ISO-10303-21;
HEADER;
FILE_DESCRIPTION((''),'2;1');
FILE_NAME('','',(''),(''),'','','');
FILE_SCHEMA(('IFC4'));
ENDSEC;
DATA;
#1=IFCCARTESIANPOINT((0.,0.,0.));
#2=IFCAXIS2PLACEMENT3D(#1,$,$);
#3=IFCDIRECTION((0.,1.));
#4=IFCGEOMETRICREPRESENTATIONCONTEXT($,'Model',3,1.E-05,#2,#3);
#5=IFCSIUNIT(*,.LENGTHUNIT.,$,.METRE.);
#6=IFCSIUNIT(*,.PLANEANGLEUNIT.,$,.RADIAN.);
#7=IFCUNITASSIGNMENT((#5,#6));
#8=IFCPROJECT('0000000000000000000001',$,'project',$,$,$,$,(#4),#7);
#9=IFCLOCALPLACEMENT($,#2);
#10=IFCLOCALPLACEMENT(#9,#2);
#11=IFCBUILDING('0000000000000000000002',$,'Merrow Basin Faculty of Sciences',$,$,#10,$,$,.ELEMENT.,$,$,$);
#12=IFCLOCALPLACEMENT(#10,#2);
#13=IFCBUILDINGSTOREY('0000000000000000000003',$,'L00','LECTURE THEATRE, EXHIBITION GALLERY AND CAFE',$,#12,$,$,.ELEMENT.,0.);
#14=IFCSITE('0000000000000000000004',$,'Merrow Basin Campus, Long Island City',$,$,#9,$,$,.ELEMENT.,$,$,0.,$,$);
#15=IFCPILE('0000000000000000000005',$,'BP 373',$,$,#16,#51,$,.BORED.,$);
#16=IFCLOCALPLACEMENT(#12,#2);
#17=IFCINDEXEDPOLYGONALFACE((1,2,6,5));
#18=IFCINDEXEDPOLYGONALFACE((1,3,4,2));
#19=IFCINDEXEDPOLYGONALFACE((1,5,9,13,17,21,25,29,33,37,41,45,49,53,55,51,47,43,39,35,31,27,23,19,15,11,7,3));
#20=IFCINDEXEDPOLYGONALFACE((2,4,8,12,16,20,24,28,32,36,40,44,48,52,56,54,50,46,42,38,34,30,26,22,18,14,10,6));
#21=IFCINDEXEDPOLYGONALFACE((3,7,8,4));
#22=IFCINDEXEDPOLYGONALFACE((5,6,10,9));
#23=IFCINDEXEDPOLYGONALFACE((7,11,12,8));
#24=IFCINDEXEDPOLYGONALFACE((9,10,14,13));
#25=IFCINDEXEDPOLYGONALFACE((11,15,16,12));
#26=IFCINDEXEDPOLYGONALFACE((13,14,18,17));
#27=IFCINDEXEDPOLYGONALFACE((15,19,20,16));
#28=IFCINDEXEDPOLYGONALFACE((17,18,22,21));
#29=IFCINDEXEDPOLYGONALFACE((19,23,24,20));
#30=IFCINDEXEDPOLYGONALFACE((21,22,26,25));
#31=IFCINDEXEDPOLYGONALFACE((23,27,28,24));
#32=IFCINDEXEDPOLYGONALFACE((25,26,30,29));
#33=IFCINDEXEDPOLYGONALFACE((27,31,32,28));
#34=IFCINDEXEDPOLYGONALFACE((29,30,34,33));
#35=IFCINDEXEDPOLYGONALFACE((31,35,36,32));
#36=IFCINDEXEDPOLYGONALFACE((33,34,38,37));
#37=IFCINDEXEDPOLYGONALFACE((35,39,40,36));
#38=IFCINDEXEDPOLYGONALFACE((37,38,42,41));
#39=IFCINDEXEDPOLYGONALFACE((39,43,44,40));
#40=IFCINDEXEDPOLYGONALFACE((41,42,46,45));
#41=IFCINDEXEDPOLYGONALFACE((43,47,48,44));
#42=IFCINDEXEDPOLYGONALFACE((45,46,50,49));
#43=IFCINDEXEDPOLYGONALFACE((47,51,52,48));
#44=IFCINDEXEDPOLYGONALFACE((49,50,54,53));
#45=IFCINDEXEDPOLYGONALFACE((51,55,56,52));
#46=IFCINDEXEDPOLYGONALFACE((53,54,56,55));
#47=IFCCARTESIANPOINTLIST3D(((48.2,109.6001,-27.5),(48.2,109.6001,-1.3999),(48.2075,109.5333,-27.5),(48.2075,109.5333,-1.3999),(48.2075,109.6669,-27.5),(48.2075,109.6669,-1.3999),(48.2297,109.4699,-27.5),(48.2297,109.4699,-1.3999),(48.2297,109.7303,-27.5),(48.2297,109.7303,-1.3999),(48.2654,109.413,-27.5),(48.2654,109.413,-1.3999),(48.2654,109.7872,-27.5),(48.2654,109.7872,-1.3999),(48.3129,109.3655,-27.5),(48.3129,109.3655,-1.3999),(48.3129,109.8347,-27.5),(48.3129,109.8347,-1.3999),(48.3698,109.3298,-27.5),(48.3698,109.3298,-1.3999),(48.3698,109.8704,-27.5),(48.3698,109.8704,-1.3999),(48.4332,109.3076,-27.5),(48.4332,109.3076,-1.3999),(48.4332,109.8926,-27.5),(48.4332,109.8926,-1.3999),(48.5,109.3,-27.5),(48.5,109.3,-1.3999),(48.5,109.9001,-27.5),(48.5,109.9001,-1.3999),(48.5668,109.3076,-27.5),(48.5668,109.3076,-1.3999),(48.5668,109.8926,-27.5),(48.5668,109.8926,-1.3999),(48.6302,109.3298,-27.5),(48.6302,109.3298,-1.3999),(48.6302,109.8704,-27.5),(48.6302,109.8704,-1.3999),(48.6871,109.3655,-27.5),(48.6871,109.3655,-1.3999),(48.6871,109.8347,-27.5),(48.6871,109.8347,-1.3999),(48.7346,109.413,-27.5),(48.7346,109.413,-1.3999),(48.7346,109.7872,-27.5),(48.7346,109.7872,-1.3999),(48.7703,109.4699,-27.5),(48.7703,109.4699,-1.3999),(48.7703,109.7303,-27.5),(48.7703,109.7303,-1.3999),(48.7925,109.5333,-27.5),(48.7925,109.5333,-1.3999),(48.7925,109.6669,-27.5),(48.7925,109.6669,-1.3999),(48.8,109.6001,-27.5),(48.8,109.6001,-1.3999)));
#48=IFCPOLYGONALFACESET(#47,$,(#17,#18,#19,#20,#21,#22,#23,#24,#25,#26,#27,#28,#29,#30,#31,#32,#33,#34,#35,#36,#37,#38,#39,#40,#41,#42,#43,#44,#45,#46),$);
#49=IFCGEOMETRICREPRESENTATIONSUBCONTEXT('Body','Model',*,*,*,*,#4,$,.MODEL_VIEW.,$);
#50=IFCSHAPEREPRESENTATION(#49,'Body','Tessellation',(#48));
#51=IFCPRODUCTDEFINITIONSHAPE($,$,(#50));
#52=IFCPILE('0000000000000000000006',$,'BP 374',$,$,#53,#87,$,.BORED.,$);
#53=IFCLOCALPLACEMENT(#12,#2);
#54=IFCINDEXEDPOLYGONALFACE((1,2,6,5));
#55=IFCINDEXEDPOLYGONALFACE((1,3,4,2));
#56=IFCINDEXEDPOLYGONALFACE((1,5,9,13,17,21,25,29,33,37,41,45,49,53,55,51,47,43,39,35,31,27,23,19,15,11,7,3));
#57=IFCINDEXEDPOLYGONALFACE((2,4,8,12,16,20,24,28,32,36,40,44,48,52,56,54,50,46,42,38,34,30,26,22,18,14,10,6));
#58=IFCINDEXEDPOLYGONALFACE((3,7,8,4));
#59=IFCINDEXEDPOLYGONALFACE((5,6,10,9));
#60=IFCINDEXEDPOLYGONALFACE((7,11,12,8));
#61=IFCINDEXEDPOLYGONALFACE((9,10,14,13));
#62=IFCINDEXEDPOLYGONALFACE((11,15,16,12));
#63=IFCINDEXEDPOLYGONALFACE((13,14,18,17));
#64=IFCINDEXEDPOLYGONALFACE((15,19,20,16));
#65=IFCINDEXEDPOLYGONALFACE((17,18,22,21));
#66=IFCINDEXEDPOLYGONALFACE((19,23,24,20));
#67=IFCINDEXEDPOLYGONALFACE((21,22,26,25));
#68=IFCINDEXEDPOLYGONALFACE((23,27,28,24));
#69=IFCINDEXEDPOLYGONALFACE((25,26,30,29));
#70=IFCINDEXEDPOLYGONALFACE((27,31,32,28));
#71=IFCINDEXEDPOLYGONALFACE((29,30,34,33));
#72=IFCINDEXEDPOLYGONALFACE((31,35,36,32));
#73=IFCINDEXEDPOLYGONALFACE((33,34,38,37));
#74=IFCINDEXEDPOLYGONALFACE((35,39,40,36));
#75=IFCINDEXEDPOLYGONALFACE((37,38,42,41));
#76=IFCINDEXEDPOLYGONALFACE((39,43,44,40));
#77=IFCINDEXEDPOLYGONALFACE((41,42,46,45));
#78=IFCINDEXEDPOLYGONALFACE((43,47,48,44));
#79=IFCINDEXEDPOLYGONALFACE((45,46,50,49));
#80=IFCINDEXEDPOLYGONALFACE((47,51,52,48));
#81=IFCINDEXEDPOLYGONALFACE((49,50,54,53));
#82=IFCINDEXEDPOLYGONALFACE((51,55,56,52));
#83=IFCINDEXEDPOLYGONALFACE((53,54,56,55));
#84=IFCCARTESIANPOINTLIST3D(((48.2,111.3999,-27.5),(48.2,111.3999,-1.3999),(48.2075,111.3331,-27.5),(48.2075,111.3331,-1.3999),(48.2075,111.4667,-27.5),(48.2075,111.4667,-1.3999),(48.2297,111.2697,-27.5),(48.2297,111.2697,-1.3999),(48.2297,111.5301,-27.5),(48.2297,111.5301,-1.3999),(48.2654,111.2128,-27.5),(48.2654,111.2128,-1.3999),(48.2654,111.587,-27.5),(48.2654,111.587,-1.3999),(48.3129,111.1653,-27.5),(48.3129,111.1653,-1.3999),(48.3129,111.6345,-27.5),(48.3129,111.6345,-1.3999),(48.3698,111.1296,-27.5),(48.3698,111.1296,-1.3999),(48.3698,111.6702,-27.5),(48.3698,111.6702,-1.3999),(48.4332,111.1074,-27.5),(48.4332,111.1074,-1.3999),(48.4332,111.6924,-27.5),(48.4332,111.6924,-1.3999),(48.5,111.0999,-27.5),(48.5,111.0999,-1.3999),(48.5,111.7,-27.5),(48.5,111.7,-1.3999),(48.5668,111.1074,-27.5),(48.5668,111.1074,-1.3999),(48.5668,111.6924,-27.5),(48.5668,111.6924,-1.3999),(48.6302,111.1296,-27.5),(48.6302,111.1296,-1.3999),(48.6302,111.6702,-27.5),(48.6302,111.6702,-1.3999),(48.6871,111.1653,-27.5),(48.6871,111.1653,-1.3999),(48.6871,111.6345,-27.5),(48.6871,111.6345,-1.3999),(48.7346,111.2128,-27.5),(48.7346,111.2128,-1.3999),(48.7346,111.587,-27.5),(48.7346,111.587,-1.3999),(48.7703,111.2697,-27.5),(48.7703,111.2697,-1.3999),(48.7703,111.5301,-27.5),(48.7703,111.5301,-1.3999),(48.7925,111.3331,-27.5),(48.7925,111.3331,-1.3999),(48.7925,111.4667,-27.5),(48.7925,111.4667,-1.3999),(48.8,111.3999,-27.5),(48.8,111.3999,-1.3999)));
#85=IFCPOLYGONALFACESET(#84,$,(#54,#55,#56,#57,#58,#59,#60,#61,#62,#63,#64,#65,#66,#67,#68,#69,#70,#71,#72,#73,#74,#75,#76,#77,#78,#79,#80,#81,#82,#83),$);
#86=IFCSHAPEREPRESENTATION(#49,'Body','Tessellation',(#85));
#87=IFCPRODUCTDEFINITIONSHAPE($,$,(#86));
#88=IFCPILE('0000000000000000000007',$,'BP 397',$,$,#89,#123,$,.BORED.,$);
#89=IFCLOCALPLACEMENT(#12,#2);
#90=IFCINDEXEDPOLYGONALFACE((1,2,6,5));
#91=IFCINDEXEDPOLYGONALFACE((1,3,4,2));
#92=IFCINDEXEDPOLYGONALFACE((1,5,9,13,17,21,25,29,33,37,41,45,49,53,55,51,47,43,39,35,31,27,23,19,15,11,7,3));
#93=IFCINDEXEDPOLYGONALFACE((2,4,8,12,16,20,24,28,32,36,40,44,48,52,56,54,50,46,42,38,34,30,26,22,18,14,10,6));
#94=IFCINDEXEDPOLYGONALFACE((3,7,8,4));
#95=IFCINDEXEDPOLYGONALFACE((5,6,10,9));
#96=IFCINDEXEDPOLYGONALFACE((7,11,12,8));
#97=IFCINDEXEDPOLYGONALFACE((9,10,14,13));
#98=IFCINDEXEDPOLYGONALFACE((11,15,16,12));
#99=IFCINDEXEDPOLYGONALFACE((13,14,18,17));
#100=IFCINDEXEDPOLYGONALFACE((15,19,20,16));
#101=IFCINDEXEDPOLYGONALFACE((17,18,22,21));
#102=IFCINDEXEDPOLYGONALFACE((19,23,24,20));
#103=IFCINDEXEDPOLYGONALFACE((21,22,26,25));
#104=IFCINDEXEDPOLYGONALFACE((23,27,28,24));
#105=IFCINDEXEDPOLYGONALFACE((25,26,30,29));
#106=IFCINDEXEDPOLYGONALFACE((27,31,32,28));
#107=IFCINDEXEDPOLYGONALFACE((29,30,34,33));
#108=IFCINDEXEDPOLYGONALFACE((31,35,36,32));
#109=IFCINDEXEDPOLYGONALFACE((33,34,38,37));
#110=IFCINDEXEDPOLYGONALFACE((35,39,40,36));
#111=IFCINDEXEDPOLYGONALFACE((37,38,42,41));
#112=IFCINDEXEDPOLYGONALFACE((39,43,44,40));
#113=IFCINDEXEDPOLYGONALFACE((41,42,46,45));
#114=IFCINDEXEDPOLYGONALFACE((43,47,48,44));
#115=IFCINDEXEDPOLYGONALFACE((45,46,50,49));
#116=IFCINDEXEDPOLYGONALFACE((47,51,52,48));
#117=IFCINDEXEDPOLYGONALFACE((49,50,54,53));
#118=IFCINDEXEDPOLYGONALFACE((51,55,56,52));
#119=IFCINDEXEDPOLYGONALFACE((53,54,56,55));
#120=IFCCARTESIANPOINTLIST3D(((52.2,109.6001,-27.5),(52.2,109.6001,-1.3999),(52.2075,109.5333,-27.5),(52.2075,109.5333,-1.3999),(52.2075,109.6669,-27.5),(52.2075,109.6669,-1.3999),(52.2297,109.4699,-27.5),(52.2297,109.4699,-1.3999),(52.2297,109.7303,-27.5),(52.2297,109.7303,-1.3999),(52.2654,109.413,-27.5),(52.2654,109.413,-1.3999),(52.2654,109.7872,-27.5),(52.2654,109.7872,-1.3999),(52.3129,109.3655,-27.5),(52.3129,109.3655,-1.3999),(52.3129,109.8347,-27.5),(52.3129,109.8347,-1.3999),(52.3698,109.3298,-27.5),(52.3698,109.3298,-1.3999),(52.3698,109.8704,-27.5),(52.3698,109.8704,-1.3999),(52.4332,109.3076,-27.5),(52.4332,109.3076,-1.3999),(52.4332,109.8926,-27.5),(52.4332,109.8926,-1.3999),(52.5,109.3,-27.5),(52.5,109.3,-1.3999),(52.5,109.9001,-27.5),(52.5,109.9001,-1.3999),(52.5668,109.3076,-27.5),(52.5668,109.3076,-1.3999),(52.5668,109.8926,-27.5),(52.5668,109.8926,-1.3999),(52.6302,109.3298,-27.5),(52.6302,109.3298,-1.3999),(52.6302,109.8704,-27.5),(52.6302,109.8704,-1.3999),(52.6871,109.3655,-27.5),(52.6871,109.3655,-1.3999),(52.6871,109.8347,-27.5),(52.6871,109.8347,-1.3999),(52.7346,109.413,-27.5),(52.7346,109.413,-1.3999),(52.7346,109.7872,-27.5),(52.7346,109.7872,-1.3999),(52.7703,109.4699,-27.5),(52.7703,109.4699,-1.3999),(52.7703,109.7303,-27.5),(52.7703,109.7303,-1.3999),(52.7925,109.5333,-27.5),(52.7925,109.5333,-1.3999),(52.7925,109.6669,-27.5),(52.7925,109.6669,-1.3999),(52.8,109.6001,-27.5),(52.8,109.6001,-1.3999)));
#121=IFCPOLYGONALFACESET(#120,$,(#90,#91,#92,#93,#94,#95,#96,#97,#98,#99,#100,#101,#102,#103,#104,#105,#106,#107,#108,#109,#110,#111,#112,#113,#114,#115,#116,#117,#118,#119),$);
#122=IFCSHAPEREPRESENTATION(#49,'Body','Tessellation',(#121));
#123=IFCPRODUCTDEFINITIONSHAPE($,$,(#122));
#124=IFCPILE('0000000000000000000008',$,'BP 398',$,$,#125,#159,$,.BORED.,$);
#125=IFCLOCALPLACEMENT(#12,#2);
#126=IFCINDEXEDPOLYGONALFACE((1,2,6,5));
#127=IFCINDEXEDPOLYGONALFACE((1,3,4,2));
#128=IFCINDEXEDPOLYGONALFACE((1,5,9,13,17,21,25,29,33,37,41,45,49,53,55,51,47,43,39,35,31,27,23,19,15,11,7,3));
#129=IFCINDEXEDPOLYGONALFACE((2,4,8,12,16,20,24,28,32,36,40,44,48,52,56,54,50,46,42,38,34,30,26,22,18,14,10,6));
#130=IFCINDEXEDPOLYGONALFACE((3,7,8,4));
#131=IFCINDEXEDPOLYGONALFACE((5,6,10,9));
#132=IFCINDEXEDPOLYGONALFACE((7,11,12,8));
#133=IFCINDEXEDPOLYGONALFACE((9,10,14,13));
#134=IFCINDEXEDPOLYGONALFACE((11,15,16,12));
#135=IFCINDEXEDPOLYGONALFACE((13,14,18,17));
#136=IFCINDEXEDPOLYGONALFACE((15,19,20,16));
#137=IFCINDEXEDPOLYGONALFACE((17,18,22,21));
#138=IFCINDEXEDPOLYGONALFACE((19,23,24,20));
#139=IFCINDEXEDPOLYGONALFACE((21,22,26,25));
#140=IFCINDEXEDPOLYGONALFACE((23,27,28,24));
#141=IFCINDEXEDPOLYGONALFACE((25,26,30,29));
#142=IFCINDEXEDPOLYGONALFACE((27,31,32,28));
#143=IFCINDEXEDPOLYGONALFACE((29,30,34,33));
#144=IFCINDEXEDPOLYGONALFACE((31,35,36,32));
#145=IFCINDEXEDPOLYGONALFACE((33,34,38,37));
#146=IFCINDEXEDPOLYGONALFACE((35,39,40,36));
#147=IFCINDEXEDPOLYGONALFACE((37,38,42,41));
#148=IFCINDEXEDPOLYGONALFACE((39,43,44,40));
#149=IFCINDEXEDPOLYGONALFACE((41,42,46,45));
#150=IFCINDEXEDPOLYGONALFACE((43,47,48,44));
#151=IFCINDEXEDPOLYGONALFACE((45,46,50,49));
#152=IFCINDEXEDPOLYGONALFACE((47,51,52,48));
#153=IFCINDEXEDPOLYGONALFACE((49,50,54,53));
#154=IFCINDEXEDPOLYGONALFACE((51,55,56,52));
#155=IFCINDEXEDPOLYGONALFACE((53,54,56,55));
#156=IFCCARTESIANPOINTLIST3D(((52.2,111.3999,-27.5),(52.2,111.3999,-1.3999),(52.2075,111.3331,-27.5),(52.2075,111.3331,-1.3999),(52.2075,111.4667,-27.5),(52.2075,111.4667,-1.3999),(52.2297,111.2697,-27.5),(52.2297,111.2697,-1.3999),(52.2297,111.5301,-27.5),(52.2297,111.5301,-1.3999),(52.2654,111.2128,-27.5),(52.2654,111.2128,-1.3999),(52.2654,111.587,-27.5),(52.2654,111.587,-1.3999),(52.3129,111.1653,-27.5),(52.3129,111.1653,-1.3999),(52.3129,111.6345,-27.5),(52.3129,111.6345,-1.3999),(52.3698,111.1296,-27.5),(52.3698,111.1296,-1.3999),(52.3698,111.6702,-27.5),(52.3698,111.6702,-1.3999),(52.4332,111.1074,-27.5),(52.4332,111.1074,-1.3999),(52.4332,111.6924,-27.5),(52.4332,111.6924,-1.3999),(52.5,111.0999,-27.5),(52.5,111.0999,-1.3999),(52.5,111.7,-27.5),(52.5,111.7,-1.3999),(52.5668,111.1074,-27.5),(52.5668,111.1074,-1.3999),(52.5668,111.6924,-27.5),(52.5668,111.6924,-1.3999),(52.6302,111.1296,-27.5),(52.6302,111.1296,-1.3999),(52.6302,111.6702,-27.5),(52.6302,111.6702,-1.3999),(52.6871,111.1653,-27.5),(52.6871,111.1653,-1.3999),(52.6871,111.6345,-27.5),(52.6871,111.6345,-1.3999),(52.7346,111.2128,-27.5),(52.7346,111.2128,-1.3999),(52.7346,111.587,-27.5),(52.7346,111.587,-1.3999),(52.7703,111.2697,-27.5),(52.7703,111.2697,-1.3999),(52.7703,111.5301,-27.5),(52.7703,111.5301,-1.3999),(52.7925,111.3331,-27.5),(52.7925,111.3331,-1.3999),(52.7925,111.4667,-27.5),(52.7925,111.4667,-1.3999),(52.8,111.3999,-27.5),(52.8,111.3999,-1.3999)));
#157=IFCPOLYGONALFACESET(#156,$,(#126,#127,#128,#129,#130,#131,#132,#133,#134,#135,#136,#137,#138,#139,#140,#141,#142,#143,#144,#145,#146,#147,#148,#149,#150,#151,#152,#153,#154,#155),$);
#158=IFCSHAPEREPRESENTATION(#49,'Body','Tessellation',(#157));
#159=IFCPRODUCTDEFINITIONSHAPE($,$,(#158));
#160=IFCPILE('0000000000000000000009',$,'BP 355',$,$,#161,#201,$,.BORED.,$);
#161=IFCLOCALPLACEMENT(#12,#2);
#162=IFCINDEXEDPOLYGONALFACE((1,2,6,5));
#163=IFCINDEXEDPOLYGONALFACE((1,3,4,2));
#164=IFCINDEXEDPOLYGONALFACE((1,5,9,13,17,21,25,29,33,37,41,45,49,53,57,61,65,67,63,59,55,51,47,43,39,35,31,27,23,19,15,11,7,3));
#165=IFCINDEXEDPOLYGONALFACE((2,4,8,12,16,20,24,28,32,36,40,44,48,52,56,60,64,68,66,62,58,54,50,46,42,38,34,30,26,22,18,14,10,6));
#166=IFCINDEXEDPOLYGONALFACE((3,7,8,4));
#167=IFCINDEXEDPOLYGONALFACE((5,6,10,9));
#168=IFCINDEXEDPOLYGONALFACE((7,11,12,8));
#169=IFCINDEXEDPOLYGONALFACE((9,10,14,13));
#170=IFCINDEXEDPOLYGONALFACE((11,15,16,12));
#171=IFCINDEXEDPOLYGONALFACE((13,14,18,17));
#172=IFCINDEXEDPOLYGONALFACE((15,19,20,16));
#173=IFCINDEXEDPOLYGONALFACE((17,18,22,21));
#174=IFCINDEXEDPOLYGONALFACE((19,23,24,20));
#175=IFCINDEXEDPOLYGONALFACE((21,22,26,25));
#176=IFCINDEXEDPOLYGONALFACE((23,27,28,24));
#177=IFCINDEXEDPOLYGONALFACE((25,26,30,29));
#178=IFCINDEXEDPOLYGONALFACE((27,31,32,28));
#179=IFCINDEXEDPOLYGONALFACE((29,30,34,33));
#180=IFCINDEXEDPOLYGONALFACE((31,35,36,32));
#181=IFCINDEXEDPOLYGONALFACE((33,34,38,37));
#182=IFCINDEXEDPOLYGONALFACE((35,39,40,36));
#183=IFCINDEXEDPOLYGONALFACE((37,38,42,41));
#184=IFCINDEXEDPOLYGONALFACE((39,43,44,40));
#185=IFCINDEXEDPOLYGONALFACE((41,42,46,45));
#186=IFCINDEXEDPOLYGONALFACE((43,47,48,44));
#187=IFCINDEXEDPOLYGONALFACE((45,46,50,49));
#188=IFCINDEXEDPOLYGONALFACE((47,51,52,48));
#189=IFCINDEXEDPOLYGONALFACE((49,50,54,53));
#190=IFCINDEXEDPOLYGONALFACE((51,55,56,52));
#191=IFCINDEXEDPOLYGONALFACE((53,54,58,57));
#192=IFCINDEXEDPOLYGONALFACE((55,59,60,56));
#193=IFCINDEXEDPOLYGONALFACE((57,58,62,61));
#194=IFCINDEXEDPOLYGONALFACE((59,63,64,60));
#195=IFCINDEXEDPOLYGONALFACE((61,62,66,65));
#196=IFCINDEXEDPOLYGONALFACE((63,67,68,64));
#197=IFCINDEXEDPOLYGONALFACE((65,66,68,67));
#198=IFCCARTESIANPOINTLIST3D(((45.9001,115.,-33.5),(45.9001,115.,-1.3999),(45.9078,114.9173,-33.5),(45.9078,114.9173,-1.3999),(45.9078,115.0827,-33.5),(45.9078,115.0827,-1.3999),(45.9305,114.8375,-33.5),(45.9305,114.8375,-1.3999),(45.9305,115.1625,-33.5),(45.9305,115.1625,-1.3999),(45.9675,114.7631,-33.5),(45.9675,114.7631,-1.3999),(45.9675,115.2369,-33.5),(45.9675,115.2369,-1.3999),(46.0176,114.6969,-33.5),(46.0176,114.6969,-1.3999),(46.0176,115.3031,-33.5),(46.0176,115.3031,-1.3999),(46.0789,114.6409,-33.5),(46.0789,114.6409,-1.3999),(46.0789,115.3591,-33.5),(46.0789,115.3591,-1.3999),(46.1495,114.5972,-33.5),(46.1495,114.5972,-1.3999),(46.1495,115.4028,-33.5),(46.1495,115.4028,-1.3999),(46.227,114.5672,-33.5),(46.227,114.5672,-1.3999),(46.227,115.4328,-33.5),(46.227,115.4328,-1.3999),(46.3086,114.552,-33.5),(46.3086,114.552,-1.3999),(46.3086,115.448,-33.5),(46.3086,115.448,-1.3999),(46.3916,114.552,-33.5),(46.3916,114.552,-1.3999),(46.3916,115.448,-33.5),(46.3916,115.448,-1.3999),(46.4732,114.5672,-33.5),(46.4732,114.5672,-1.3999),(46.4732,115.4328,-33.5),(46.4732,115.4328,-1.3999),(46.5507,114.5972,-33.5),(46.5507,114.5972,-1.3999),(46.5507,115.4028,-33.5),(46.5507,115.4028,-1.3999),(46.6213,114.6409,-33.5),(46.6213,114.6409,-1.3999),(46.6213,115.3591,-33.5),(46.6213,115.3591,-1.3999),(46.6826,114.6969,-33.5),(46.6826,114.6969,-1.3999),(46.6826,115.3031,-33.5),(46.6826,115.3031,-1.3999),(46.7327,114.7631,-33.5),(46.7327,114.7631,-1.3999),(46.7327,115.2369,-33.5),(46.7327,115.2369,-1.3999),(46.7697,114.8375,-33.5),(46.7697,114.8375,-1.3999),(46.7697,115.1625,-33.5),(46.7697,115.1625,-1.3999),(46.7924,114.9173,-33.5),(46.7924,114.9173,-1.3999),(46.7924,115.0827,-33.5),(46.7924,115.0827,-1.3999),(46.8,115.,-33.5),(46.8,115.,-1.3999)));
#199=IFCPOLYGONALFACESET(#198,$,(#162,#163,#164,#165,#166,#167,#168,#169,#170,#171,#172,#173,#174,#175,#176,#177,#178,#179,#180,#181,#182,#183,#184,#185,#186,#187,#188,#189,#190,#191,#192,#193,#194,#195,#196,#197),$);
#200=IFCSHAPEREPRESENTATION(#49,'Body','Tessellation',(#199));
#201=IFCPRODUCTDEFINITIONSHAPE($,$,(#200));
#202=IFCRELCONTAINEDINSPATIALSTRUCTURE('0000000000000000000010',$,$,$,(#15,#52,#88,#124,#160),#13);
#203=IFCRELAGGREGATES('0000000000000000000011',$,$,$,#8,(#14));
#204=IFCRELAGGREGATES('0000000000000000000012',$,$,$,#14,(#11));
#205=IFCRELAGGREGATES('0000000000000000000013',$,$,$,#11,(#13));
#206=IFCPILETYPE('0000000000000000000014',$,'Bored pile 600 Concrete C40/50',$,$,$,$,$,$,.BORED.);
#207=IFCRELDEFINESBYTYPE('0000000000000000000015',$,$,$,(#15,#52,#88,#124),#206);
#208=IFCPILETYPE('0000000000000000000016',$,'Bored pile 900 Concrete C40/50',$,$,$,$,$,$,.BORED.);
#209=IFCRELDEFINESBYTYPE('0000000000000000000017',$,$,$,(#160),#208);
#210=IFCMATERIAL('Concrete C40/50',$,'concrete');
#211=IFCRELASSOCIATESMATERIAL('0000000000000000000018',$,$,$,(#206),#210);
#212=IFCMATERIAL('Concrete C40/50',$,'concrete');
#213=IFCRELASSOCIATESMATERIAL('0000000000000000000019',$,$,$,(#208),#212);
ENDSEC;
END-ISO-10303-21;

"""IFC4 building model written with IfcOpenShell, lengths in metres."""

from ifc_helpers import new_model, si_unit, direction, frame, origin, origin_2d, place, context, subcontext, project, spatial, circle, extrude, material, material_profile, profile_set, type_object, element, save


model = new_model("IFC4")

# Units and contexts
model_context = context("Model", 3, precision=1e-05, world=origin(), true_north=direction((0.0, 1.0)))
body_context = subcontext(model_context, "Body", "Model", "MODEL_VIEW")
ifc_project = project(units=[si_unit("LENGTHUNIT", "METRE"), si_unit("PLANEANGLEUNIT", "RADIAN")], contexts=[model_context])

# Site, building, storey
site_placement = place(None, origin())
site = spatial("IfcSite", under=ifc_project, at=site_placement, Name="Merrow Basin Campus, Long Island City", CompositionType="ELEMENT", RefElevation=0.0)
building_placement = place(site_placement, origin())
building = spatial("IfcBuilding", under=site, at=building_placement, Name="Merrow Basin Faculty of Sciences", CompositionType="ELEMENT")
storey_placement = place(building_placement, origin())
storey = spatial("IfcBuildingStorey", under=building, at=storey_placement, Name="L00", Description="LECTURE THEATRE, EXHIBITION GALLERY AND CAFE", CompositionType="ELEMENT", Elevation=0.0)

# Piles
ifc_material_1 = material(Name="Concrete C40/50", Category="concrete")
ifc_material_profile_1 = material_profile(ifc_material_1, circle(Radius=0.3, at=origin_2d()))
ifc_profile_set_1 = profile_set([ifc_material_profile_1], Name="Concrete C40/50")
pile_type_1 = type_object("IfcPileType", Name="Bored pile 600 Concrete C40/50", PredefinedType="BORED", material=ifc_profile_set_1)
for number, where, z_axis, x_axis, name in (
    (1, (48.5, 109.6001, -1.3999), (0.0, 0.0, -1.0), (1.0, 0.0, 0.0), "BP 373"),
    (2, (48.5, 111.3999, -1.3999), (0.0, 0.0, -1.0), (1.0, 0.0, 0.0), "BP 374"),
    (3, (52.5, 109.6001, -1.3999), (0.0, 0.0, -1.0), (1.0, 0.0, 0.0), "BP 397"),
    (4, (52.5, 111.3999, -1.3999), (0.0, 0.0, -1.0), (1.0, 0.0, 0.0), "BP 398"),
):
    element("IfcPile", number, at=place(storey_placement, frame(where, z_axis=z_axis, x_axis=x_axis)), inside=storey, type_object=pile_type_1, Name=name, PredefinedType="BORED", context=body_context, shape_type="SweptSolid", body=[
        extrude(circle(Radius=0.3, at=origin_2d()), origin(), (0.0, 0.0, 1.0), 26.1001),
    ])
ifc_material_2 = material(Name="Concrete C40/50", Category="concrete")
ifc_material_profile_2 = material_profile(ifc_material_2, circle(Radius=0.45, at=origin_2d()))
ifc_profile_set_2 = profile_set([ifc_material_profile_2], Name="Concrete C40/50")
pile_type_2 = type_object("IfcPileType", Name="Bored pile 900 Concrete C40/50", PredefinedType="BORED", material=ifc_profile_set_2)
for number, where, z_axis, x_axis, name in (
    (5, (46.3501, 115.0, -1.3999), (0.0, 0.0, -1.0), (1.0, 0.0, 0.0), "BP 355"),
):
    element("IfcPile", number, at=place(storey_placement, frame(where, z_axis=z_axis, x_axis=x_axis)), inside=storey, type_object=pile_type_2, Name=name, PredefinedType="BORED", context=body_context, shape_type="SweptSolid", body=[
        extrude(circle(Radius=0.45, at=origin_2d()), origin(), (0.0, 0.0, 1.0), 32.1001),
    ])

save(model, "model.ifc")
